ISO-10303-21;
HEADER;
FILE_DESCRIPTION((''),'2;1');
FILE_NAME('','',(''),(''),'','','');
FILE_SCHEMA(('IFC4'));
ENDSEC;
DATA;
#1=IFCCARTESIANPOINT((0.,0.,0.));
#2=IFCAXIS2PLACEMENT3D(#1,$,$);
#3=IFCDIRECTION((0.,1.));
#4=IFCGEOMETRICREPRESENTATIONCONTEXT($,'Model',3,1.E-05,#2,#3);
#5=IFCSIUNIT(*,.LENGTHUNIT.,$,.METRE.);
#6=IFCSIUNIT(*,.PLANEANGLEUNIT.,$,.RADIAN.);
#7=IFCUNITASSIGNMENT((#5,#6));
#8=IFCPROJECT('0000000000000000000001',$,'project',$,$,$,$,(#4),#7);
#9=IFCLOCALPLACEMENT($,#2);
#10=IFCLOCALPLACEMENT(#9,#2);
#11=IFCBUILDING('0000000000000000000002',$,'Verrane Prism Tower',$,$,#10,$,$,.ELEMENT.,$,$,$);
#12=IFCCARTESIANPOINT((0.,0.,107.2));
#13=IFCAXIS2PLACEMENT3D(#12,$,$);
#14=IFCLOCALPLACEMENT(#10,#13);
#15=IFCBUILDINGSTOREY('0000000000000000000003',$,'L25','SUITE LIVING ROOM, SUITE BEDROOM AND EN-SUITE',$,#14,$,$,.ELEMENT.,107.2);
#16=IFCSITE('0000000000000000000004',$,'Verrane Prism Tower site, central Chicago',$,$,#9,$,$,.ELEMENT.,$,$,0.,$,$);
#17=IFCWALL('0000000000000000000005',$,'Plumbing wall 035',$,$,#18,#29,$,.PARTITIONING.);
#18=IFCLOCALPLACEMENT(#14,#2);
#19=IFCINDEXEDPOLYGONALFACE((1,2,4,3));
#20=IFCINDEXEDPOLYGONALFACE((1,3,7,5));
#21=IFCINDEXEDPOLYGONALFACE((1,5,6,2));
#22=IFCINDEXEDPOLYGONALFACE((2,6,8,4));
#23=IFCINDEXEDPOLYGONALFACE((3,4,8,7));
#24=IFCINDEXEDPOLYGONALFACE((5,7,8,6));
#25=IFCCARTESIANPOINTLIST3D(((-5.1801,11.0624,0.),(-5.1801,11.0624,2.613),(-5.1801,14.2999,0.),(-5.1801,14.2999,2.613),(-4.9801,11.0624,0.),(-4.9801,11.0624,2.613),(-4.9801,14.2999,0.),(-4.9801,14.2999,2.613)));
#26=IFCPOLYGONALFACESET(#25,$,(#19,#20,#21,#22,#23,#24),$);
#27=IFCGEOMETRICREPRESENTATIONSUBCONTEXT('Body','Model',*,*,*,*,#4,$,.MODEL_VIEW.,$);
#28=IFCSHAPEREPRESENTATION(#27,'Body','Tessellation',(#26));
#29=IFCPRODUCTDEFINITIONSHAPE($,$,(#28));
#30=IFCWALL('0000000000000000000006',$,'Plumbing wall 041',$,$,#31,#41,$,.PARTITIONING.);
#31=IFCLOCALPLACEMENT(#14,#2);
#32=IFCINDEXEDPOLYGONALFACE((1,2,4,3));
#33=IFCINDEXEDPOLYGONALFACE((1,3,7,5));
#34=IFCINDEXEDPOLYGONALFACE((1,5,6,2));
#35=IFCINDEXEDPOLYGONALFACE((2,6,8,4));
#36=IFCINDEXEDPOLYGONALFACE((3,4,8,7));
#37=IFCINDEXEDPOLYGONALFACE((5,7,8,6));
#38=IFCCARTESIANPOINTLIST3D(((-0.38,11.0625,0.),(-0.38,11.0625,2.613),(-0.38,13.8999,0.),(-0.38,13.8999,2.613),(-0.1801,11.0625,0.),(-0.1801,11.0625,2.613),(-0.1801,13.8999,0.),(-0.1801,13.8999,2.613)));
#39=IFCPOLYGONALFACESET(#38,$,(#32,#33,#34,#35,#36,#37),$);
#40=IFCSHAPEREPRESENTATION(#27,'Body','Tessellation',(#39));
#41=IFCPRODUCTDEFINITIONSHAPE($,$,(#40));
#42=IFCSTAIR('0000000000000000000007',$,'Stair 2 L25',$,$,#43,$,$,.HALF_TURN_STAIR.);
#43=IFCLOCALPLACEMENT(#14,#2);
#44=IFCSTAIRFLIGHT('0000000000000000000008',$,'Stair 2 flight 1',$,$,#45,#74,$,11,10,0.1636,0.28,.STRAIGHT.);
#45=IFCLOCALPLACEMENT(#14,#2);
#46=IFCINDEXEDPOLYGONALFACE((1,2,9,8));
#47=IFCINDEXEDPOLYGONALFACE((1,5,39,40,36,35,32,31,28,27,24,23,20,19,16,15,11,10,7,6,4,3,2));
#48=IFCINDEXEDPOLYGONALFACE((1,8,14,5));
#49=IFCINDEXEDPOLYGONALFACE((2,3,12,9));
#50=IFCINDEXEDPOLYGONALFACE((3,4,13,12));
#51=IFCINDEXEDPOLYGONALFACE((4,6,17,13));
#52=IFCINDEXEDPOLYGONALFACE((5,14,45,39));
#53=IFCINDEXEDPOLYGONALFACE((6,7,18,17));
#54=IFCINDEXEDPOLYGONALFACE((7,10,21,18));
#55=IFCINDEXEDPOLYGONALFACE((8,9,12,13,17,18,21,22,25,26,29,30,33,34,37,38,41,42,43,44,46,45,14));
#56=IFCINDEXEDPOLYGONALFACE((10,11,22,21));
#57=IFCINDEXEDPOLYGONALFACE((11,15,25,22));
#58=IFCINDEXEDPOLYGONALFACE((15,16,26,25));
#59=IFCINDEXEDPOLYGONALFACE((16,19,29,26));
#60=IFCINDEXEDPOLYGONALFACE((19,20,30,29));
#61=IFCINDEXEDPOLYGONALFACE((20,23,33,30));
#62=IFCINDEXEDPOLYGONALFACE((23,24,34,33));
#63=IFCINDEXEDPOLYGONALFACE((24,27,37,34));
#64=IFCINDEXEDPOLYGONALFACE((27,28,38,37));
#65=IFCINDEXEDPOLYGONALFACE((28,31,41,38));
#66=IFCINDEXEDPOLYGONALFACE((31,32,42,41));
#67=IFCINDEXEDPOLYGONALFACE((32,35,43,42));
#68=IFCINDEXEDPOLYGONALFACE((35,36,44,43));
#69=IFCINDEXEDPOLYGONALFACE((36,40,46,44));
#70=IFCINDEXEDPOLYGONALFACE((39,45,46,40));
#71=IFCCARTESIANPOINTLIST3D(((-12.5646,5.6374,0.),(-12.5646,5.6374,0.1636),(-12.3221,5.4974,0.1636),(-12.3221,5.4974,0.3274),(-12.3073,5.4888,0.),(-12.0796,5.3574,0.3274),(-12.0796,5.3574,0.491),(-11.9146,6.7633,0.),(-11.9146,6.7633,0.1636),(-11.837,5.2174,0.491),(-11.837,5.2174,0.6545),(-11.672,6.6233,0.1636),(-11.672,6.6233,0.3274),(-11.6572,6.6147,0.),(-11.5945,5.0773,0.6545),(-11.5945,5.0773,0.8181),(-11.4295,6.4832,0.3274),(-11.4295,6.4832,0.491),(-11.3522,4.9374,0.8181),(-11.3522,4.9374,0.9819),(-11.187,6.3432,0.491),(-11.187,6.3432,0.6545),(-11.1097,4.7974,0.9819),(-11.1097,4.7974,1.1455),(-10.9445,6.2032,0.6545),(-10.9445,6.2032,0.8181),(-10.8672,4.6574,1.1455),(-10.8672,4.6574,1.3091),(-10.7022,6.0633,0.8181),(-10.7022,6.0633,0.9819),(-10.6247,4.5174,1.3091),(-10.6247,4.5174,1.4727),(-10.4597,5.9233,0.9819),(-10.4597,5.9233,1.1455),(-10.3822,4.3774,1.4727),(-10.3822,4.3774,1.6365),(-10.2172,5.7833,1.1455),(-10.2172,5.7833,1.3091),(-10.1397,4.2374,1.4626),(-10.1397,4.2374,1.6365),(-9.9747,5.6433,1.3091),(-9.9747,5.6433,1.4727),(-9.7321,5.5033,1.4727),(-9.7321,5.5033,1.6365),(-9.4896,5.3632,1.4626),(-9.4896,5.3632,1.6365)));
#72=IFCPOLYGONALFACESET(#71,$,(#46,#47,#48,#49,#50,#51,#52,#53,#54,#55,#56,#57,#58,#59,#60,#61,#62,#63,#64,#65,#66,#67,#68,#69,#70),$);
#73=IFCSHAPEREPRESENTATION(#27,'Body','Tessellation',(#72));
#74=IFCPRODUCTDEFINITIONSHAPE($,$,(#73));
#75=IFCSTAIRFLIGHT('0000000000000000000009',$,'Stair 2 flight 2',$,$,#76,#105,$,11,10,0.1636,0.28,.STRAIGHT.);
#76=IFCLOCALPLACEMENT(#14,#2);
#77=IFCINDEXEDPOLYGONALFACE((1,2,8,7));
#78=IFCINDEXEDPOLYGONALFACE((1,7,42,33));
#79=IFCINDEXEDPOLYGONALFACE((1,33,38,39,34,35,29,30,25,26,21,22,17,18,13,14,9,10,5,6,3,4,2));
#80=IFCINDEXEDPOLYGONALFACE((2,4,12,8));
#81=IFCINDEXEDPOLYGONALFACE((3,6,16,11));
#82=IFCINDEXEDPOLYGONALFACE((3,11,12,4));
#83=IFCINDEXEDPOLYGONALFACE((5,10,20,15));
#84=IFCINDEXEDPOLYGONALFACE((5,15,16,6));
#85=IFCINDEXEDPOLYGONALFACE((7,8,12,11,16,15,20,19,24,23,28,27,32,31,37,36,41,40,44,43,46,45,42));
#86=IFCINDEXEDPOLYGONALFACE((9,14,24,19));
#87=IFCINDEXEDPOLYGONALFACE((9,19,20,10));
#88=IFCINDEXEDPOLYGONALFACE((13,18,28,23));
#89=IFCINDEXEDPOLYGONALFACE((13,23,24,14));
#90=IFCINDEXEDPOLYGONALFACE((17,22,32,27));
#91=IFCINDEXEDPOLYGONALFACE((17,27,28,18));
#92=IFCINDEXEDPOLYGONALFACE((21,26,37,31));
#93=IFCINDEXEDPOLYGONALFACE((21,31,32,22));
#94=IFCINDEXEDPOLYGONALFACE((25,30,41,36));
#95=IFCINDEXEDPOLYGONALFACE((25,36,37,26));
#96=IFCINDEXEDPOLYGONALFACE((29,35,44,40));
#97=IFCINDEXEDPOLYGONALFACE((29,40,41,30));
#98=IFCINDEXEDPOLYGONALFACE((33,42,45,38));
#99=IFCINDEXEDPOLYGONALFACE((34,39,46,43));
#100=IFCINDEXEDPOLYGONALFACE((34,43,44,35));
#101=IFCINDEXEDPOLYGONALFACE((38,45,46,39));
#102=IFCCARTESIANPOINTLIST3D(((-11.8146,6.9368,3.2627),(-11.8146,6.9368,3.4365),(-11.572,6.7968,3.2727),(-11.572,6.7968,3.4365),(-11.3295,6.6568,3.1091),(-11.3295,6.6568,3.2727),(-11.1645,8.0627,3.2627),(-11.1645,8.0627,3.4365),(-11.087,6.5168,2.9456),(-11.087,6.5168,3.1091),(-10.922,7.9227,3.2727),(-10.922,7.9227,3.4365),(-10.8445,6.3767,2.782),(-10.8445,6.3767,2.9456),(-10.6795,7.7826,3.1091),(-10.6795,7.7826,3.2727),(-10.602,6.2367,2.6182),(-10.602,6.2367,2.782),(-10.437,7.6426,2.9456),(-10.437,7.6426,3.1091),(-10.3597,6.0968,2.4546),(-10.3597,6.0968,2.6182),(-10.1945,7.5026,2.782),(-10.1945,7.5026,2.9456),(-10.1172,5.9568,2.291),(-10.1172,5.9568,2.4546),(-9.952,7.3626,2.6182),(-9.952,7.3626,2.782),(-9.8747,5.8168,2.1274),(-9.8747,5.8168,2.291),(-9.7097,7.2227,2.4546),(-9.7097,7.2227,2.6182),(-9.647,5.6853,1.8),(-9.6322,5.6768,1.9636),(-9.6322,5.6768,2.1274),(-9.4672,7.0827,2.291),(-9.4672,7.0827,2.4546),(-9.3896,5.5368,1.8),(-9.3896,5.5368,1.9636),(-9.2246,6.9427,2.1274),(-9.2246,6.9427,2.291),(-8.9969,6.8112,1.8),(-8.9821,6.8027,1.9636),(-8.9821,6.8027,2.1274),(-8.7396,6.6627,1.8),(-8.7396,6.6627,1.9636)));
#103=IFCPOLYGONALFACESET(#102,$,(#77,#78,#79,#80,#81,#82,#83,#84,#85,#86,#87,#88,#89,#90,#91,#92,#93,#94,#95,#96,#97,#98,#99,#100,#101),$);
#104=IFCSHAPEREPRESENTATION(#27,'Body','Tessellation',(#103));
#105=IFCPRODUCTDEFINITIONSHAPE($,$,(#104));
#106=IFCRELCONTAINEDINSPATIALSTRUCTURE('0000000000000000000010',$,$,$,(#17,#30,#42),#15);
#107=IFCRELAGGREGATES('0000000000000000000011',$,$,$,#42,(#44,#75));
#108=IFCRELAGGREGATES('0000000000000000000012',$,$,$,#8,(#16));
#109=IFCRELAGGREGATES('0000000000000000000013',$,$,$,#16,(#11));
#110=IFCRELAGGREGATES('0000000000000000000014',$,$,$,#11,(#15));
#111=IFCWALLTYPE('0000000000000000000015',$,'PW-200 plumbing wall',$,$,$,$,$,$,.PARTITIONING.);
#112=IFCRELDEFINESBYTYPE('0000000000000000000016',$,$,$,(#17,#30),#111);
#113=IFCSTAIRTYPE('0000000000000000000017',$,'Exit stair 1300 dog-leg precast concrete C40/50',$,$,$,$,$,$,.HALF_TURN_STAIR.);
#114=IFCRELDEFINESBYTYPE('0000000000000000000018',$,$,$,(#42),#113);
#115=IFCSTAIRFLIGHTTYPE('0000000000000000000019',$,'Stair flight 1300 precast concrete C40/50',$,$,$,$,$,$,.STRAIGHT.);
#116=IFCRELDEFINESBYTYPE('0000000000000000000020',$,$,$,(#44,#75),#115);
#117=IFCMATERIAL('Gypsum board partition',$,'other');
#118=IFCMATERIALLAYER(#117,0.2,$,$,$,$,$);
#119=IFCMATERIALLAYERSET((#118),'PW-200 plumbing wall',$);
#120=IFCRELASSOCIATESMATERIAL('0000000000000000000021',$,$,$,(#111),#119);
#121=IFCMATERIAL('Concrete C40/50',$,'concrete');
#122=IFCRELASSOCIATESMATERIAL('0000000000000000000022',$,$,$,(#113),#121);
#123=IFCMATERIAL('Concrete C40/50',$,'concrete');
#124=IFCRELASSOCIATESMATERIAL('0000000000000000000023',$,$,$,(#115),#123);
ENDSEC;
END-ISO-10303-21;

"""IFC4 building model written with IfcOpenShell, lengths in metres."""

from ifc_helpers import new_model, si_unit, direction, frame, frame_2d, origin, place, context, subcontext, project, spatial, polyline, rectangle, outline, extrude, material, layer, layer_set, type_object, element, aggregate, save


model = new_model("IFC4")

# Units and contexts
model_context = context("Model", 3, precision=1e-05, world=origin(), true_north=direction((0.0, 1.0)))
body_context = subcontext(model_context, "Body", "Model", "MODEL_VIEW")
ifc_project = project(units=[si_unit("LENGTHUNIT", "METRE"), si_unit("PLANEANGLEUNIT", "RADIAN")], contexts=[model_context])

# Site, building, storey
site_placement = place(None, origin())
site = spatial("IfcSite", under=ifc_project, at=site_placement, Name="Verrane Prism Tower site, central Chicago", CompositionType="ELEMENT", RefElevation=0.0)
building_placement = place(site_placement, origin())
building = spatial("IfcBuilding", under=site, at=building_placement, Name="Verrane Prism Tower", CompositionType="ELEMENT")
storey_placement = place(building_placement, frame((0.0, 0.0, 107.2)))
storey = spatial("IfcBuildingStorey", under=building, at=storey_placement, Name="L25", Description="SUITE LIVING ROOM, SUITE BEDROOM AND EN-SUITE", CompositionType="ELEMENT", Elevation=107.2)

# Walls
ifc_material_1 = material(Name="Gypsum board partition", Category="other")
ifc_layer_1 = layer(ifc_material_1, 0.2)
ifc_layer_set_1 = layer_set([ifc_layer_1], Name="PW-200 plumbing wall")
wall_type_1 = type_object("IfcWallType", Name="PW-200 plumbing wall", PredefinedType="PARTITIONING", material=ifc_layer_set_1)
wall_1_placement = place(storey_placement, frame((-5.0801, 11.0625, 0.0), z_axis=(0.0, 0.0, 1.0), x_axis=(0.0, 1.0, 0.0)))
element("IfcWall", 1, at=wall_1_placement, inside=storey, type_object=wall_type_1, Name="Plumbing wall 035", PredefinedType="PARTITIONING", context=body_context, shape_type="SweptSolid", body=[
    extrude(rectangle(XDim=3.2375, YDim=0.2, at=frame_2d((1.6187, 0.0))), origin(), (0.0, 0.0, 1.0), 2.613),
])
wall_2_placement = place(storey_placement, frame((-0.28, 11.0625, 0.0), z_axis=(0.0, 0.0, 1.0), x_axis=(0.0, 1.0, 0.0)))
element("IfcWall", 2, at=wall_2_placement, inside=storey, type_object=wall_type_1, Name="Plumbing wall 041", PredefinedType="PARTITIONING", context=body_context, shape_type="SweptSolid", body=[
    extrude(rectangle(XDim=2.8374, YDim=0.2, at=frame_2d((1.4187, 0.0))), origin(), (0.0, 0.0, 1.0), 2.613),
])

# Stair, stair flights
ifc_material_2 = material(Name="Concrete C40/50", Category="concrete")
stair_type = type_object("IfcStairType", Name="Exit stair 1300 dog-leg precast concrete C40/50", PredefinedType="HALF_TURN_STAIR", material=ifc_material_2)
stair_placement = place(storey_placement, origin())
stair = element("IfcStair", 3, at=stair_placement, inside=storey, type_object=stair_type, Name="Stair 2 L25", PredefinedType="HALF_TURN_STAIR")
ifc_material_3 = material(Name="Concrete C40/50", Category="concrete")
stair_flight_type = type_object("IfcStairFlightType", Name="Stair flight 1300 precast concrete C40/50", PredefinedType="STRAIGHT", material=ifc_material_3)
stair_flight_1_placement = place(storey_placement, frame((-12.2395, 6.2004, 0.0), z_axis=(0.0, 0.0, 1.0), x_axis=(0.866025, -0.5, 0.0)))
stair_flight_1 = element("IfcStairFlight", 4, at=stair_flight_1_placement, type_object=stair_flight_type, Name="Stair 2 flight 1", NumberOfRisers=11, NumberOfTreads=10, PredefinedType="STRAIGHT", RiserHeight=0.1636, TreadLength=0.28, context=body_context, shape_type="SweptSolid", body=[
    extrude(outline(polyline([(0.0, 0.0), (0.0, 0.1636), (0.28, 0.1636), (0.28, 0.3274), (0.5601, 0.3274), (0.5601, 0.491), (0.8401, 0.491), (0.8401, 0.6545), (1.1201, 0.6545), (1.1201, 0.8181), (1.3999, 0.8181), (1.3999, 0.9819), (1.6799, 0.9819), (1.6799, 1.1455), (1.96, 1.1455), (1.96, 1.3091), (2.24, 1.3091), (2.24, 1.4727), (2.52, 1.4727), (2.52, 1.6365), (2.8, 1.6365), (2.8, 1.8), (2.8, 1.4626), (0.2971, 0.0), (0.0, 0.0)])), frame((0.0, 0.6499, 0.0), z_axis=(0.0, -1.0, 0.0), x_axis=(1.0, 0.0, 0.0)), (0.0, 0.0, 1.0), 1.3),
])
stair_flight_2_placement = place(storey_placement, frame((-9.0647, 6.0996, 1.8), z_axis=(0.0, 0.0, 1.0), x_axis=(-0.866025, 0.5, 0.0)))
stair_flight_2 = element("IfcStairFlight", 5, at=stair_flight_2_placement, type_object=stair_flight_type, Name="Stair 2 flight 2", NumberOfRisers=11, NumberOfTreads=10, PredefinedType="STRAIGHT", RiserHeight=0.1636, TreadLength=0.28, context=body_context, shape_type="SweptSolid", body=[
    extrude(outline(polyline([(0.0, 0.0), (0.0, 0.1636), (0.28, 0.1636), (0.28, 0.3274), (0.5601, 0.3274), (0.5601, 0.491), (0.8401, 0.491), (0.8401, 0.6545), (1.1201, 0.6545), (1.1201, 0.8181), (1.3999, 0.8181), (1.3999, 0.9819), (1.6799, 0.9819), (1.6799, 1.1455), (1.96, 1.1455), (1.96, 1.3091), (2.24, 1.3091), (2.24, 1.4727), (2.52, 1.4727), (2.52, 1.6365), (2.8, 1.6365), (2.8, 1.8), (2.8, 1.4626), (0.2971, 0.0), (0.0, 0.0)])), frame((0.0, 0.6499, 0.0), z_axis=(0.0, -1.0, 0.0), x_axis=(1.0, 0.0, 0.0)), (0.0, 0.0, 1.0), 1.3),
])
aggregate(stair, [stair_flight_1, stair_flight_2])

save(model, "model.ifc")
